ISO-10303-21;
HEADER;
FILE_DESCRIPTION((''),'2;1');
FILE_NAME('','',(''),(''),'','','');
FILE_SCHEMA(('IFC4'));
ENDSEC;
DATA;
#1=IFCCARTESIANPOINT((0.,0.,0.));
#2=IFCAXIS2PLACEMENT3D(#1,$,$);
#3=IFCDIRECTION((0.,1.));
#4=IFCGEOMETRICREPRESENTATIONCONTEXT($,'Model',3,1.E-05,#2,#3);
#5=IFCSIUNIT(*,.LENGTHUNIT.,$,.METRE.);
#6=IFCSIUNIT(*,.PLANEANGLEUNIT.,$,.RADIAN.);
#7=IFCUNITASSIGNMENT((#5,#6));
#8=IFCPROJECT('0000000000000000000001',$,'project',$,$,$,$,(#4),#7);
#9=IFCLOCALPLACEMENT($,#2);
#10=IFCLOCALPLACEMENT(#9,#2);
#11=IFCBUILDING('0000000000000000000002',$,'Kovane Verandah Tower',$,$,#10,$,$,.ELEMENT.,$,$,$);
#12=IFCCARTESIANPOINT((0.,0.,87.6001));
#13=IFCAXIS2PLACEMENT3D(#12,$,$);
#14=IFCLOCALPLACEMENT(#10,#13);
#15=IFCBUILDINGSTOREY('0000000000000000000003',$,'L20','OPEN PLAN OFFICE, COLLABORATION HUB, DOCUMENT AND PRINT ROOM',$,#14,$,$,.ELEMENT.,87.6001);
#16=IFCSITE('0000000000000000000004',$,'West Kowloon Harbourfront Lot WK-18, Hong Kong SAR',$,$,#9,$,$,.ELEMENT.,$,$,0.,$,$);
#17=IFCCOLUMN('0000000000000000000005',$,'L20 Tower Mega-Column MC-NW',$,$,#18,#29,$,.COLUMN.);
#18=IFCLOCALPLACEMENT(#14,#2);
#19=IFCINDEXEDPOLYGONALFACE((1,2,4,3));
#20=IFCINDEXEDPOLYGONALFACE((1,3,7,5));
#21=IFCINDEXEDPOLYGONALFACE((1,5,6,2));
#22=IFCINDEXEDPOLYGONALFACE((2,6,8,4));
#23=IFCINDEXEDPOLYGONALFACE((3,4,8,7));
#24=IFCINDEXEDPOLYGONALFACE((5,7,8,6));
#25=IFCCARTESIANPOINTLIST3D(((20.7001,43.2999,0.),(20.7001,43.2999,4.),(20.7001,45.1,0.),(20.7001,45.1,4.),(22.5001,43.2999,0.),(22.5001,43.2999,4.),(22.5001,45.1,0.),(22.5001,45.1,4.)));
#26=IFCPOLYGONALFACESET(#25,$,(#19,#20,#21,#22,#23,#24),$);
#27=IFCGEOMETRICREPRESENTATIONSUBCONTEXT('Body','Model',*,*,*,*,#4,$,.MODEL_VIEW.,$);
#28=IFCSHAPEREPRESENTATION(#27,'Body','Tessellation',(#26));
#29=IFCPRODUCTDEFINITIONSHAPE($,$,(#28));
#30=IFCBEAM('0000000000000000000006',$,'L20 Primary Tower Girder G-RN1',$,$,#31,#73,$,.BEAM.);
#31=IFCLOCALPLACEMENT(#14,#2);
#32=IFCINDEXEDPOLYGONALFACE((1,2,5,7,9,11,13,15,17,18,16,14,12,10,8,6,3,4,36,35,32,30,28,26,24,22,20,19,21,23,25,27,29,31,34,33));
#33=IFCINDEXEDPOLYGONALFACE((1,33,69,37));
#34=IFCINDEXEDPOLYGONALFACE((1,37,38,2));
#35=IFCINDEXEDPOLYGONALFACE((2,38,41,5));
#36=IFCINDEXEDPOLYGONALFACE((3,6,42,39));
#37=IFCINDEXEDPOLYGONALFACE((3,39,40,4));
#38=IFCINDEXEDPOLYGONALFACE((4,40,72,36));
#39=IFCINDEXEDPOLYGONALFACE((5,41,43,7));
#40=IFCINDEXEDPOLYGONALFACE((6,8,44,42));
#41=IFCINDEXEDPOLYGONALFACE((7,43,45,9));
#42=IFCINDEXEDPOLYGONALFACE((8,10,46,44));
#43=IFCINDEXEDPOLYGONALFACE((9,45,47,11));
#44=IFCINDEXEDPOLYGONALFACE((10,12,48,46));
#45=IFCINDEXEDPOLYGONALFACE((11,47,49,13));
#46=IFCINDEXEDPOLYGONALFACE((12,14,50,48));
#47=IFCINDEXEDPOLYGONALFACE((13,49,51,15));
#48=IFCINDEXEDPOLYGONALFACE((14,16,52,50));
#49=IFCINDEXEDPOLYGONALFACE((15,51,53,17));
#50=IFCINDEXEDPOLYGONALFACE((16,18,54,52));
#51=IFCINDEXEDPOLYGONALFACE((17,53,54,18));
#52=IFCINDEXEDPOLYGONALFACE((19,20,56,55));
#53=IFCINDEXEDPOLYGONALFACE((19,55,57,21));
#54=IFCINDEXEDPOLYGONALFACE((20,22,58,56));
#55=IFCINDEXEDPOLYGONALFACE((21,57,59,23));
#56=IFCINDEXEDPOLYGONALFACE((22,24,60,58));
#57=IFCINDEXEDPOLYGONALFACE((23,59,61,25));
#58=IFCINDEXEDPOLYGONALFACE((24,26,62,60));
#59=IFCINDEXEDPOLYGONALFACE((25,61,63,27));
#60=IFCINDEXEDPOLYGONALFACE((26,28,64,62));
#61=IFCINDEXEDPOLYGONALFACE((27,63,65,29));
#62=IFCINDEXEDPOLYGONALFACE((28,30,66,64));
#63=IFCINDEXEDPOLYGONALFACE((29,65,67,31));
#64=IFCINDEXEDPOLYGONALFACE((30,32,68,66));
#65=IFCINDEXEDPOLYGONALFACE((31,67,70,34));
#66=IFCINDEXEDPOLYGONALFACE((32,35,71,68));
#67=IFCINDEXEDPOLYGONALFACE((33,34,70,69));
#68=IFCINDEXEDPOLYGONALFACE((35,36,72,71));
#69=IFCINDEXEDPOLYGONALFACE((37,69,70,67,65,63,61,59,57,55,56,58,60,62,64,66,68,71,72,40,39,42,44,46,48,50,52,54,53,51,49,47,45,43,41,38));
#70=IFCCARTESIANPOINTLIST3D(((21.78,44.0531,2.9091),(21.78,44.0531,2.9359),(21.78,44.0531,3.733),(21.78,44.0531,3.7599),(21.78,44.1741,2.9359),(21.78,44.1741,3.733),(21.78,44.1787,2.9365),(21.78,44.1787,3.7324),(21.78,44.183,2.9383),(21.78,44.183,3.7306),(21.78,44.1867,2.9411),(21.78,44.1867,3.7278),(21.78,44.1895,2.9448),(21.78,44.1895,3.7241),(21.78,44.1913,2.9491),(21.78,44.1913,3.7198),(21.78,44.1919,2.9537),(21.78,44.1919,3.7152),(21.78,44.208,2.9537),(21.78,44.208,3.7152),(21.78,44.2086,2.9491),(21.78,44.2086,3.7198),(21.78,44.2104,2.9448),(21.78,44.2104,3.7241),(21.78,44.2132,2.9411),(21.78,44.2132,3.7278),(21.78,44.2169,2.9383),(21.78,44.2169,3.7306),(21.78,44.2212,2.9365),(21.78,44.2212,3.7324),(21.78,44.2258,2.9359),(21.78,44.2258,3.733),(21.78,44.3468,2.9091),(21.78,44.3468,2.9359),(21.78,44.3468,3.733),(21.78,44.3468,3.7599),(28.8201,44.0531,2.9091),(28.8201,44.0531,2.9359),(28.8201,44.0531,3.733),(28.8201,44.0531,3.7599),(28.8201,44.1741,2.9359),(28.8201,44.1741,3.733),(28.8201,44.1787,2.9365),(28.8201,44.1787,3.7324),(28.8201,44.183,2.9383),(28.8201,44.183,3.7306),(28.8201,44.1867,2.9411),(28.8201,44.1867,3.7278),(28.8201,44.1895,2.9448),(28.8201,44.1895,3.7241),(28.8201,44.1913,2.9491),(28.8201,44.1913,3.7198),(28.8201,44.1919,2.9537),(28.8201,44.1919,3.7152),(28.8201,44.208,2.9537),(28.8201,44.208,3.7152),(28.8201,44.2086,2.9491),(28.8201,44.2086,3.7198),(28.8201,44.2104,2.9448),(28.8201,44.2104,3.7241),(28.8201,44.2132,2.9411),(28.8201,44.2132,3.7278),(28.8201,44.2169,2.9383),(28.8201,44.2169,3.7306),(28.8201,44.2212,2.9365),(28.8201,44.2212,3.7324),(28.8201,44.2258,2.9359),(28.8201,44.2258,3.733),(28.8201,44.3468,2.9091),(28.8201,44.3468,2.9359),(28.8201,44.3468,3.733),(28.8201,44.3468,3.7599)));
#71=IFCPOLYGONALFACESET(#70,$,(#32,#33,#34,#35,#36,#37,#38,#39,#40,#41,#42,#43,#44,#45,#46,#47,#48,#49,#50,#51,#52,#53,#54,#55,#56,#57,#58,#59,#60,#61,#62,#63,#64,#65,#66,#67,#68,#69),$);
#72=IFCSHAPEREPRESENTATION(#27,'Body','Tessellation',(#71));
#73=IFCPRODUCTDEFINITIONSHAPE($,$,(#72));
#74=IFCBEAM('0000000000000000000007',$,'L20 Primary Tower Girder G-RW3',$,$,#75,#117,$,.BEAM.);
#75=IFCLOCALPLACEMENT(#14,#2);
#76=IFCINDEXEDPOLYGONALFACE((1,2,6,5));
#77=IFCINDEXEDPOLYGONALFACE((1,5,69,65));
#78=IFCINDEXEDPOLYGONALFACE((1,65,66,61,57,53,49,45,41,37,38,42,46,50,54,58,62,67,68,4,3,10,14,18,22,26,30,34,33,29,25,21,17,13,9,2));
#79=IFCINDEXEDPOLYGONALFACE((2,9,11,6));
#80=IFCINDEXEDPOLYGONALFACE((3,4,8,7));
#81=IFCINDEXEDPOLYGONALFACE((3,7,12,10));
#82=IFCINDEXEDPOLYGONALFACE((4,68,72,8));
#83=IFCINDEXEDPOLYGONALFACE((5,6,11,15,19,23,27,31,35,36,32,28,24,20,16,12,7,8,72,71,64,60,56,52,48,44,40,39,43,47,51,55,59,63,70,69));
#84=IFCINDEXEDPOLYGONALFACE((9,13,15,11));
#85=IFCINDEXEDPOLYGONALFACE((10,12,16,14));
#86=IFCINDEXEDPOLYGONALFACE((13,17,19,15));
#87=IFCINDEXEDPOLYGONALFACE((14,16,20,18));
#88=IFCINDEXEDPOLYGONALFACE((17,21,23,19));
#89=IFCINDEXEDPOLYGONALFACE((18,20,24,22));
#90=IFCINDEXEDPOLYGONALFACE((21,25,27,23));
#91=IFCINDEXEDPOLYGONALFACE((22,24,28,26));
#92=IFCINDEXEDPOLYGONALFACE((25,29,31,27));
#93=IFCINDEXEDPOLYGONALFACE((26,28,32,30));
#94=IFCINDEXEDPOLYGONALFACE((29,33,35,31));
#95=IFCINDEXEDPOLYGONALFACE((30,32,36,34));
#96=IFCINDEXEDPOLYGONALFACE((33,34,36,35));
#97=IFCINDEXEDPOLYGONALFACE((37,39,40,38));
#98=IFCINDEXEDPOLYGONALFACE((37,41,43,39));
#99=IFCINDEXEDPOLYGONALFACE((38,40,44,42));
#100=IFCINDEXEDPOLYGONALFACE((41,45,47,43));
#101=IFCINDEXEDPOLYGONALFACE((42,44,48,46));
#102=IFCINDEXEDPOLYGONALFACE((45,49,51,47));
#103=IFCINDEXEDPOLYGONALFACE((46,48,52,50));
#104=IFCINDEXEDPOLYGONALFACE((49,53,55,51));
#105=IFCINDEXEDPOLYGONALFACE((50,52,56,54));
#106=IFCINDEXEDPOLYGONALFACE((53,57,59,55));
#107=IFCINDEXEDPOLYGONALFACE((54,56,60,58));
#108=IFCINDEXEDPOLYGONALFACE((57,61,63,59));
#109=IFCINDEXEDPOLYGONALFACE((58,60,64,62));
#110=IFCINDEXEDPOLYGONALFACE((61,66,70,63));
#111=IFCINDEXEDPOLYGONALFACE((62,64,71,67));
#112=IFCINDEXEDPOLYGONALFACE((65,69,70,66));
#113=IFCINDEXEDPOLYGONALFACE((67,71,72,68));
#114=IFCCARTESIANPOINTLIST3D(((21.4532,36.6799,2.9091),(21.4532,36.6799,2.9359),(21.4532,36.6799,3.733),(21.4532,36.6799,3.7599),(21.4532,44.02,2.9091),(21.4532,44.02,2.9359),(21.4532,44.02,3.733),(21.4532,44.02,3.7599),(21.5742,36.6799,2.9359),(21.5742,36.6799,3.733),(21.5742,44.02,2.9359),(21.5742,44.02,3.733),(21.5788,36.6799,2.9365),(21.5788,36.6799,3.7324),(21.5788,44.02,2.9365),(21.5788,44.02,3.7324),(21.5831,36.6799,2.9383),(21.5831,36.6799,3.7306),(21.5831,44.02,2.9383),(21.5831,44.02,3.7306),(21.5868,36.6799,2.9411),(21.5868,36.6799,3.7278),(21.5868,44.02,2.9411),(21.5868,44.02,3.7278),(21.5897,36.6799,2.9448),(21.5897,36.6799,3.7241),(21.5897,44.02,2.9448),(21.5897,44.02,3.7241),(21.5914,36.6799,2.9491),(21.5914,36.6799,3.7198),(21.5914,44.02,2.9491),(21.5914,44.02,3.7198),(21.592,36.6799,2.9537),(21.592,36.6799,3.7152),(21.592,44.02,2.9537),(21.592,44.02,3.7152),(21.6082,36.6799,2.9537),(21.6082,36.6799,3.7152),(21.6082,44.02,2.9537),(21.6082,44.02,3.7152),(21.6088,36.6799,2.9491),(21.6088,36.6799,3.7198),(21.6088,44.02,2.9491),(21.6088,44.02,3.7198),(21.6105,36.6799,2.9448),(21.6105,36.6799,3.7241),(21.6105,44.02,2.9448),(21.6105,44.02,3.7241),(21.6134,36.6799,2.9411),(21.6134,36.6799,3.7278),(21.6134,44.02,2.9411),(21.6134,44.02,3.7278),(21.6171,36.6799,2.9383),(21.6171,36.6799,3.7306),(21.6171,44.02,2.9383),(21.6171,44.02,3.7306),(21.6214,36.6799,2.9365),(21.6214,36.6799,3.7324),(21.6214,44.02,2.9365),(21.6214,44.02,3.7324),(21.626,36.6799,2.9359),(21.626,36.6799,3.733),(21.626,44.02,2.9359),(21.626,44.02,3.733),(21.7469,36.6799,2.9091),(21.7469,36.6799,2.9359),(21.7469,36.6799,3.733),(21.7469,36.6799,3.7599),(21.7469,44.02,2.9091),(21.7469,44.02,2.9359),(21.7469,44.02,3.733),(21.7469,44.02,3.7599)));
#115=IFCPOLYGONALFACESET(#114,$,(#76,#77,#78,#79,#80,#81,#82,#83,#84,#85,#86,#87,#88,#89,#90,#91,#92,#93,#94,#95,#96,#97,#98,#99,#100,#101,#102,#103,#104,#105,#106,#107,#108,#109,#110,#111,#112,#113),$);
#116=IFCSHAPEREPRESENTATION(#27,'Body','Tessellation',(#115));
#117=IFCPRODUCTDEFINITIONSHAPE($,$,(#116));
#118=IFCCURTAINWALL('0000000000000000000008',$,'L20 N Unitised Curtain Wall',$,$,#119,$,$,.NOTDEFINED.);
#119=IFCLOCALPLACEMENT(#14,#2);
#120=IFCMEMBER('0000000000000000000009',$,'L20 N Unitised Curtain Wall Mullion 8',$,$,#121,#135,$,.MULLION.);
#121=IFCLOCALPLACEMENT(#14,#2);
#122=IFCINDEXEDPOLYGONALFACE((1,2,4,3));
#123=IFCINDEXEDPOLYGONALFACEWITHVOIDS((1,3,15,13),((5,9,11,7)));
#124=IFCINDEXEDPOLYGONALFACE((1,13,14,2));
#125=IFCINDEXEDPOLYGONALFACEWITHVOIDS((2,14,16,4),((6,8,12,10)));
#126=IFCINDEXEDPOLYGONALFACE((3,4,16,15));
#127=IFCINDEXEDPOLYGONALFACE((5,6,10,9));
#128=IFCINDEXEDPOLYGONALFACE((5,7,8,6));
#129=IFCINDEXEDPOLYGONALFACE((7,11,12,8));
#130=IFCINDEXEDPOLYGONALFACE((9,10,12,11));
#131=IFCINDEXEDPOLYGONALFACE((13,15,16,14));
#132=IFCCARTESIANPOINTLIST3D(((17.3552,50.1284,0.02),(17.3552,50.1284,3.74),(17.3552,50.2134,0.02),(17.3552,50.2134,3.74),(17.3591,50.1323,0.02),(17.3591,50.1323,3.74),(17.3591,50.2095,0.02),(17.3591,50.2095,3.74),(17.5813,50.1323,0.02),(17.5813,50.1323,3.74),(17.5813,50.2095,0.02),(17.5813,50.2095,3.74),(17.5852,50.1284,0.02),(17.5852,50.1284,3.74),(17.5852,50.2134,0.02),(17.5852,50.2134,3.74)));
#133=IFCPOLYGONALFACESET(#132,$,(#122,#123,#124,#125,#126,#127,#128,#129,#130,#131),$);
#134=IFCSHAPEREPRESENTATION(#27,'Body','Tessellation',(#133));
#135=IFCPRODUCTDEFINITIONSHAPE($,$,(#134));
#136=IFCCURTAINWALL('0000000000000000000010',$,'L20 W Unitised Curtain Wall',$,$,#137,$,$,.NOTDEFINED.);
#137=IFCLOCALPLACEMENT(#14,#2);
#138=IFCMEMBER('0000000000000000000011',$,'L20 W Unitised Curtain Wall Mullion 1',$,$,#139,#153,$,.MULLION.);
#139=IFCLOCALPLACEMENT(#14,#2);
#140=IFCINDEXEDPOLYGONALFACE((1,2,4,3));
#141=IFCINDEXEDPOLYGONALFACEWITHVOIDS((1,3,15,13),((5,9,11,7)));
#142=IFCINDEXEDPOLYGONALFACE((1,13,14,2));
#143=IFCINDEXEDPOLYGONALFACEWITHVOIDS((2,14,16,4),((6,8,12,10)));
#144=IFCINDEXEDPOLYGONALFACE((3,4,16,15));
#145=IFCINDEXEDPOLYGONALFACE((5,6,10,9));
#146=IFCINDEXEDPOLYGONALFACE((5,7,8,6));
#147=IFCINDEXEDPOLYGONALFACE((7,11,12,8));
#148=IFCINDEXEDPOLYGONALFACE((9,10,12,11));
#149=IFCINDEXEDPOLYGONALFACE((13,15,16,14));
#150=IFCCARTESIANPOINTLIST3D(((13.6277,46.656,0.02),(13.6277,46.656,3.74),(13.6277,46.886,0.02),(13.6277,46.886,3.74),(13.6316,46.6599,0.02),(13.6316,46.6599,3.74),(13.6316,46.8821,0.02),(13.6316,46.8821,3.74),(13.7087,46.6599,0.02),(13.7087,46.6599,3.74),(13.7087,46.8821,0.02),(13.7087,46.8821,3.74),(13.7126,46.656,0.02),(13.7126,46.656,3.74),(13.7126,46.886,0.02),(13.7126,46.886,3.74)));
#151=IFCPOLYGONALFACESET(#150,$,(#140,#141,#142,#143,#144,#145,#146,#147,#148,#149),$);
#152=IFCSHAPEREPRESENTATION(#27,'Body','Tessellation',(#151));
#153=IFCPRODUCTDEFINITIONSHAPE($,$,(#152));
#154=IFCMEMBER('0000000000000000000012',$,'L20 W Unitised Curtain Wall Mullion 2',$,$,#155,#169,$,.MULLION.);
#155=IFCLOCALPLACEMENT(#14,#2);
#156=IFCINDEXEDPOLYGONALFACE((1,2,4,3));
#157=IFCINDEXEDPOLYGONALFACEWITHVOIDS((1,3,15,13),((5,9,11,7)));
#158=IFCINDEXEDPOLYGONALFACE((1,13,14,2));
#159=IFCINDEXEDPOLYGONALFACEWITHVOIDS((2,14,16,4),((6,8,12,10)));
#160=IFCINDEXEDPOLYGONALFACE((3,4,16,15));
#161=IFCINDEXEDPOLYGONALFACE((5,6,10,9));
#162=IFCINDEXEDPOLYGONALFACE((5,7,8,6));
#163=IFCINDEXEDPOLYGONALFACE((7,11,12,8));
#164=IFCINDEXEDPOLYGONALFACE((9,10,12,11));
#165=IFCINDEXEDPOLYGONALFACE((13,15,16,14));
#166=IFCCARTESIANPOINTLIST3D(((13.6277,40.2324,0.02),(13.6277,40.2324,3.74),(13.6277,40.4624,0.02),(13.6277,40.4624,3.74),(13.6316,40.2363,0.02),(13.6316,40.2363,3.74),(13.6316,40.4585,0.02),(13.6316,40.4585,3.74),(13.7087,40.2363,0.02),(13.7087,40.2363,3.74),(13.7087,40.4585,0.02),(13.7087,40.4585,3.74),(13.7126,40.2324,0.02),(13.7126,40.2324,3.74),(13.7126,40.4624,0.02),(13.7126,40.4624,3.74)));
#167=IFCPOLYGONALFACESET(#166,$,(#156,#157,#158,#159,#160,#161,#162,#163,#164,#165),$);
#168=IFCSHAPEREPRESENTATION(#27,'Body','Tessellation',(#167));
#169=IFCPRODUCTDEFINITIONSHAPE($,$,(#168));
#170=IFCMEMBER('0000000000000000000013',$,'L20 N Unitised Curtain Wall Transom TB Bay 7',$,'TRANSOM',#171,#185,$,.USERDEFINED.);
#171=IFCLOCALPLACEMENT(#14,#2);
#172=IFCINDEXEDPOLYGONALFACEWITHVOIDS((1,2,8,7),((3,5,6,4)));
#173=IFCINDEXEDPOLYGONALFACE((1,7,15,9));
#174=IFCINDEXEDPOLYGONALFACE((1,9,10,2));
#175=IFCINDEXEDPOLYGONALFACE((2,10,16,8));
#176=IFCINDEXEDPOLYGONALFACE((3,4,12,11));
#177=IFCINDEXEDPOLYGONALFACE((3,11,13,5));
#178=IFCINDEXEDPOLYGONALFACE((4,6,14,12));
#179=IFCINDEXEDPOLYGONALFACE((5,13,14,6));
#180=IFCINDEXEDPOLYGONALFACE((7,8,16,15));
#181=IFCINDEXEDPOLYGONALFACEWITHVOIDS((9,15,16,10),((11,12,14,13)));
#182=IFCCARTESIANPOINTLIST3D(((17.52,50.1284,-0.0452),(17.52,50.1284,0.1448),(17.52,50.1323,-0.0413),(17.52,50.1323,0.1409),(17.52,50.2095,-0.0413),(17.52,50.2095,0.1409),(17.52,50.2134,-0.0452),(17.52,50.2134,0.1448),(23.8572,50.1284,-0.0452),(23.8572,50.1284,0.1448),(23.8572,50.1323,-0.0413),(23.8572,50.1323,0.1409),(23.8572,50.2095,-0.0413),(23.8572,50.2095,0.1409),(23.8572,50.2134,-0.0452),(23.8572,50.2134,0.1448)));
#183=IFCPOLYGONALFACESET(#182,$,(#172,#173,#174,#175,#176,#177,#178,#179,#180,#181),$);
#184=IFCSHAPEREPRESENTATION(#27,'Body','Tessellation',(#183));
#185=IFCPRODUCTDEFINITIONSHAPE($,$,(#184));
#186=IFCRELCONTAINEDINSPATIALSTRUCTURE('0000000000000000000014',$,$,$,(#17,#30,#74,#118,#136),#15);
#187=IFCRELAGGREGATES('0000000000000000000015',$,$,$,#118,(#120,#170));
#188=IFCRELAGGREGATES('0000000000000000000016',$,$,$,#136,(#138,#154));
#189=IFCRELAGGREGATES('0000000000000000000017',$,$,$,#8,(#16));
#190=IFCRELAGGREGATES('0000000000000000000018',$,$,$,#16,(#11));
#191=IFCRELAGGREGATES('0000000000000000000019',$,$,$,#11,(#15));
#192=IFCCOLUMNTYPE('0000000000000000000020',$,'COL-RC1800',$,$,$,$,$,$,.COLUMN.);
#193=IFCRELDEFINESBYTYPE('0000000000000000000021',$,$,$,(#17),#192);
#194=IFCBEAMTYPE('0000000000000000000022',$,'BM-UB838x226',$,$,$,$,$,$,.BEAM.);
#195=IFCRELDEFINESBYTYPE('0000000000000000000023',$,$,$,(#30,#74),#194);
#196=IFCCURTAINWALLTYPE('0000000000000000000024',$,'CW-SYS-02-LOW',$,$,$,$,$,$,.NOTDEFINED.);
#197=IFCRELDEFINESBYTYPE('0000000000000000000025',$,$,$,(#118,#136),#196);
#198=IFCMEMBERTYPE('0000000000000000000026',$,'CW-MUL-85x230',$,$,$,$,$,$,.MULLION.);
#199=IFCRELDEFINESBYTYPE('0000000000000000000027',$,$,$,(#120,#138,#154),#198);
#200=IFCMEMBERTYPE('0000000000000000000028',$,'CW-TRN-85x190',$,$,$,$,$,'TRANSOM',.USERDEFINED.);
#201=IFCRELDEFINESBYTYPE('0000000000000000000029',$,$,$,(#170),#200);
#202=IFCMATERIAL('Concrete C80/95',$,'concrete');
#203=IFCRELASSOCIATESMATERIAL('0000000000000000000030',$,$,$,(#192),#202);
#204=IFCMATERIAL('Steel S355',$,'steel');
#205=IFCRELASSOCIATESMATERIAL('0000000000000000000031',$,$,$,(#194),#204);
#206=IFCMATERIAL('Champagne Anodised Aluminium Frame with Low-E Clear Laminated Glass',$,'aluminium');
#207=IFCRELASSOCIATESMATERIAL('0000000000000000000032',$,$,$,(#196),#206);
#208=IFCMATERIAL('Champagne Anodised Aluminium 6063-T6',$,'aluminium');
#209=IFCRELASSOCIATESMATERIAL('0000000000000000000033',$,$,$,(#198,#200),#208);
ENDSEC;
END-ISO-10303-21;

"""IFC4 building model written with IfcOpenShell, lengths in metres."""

from ifc_helpers import new_model, si_unit, direction, frame, origin, origin_2d, place, context, subcontext, project, spatial, rectangle, hollow_rectangle, i_section, extrude, material, material_profile, profile_set, type_object, element, aggregate, save


model = new_model("IFC4")

# Units and contexts
model_context = context("Model", 3, precision=1e-05, world=origin(), true_north=direction((0.0, 1.0)))
body_context = subcontext(model_context, "Body", "Model", "MODEL_VIEW")
ifc_project = project(units=[si_unit("LENGTHUNIT", "METRE"), si_unit("PLANEANGLEUNIT", "RADIAN")], contexts=[model_context])

# Site, building, storey
site_placement = place(None, origin())
site = spatial("IfcSite", under=ifc_project, at=site_placement, Name="West Kowloon Harbourfront Lot WK-18, Hong Kong SAR", CompositionType="ELEMENT", RefElevation=0.0)
building_placement = place(site_placement, origin())
building = spatial("IfcBuilding", under=site, at=building_placement, Name="Kovane Verandah Tower", CompositionType="ELEMENT")
storey_placement = place(building_placement, frame((0.0, 0.0, 87.6001)))
storey = spatial("IfcBuildingStorey", under=building, at=storey_placement, Name="L20", Description="OPEN PLAN OFFICE, COLLABORATION HUB, DOCUMENT AND PRINT ROOM", CompositionType="ELEMENT", Elevation=87.6001)

# Column
ifc_material_1 = material(Name="Concrete C80/95", Category="concrete")
ifc_material_profile_1 = material_profile(ifc_material_1, rectangle(XDim=1.8, YDim=1.8, at=origin_2d()), Name="RC1800x1800")
ifc_profile_set_1 = profile_set([ifc_material_profile_1], Name="Concrete C80/95")
column_type = type_object("IfcColumnType", Name="COL-RC1800", PredefinedType="COLUMN", material=ifc_profile_set_1)
column_placement = place(storey_placement, frame((21.6001, 44.2, 0.0), z_axis=(0.0, 0.0, 1.0), x_axis=(1.0, 0.0, 0.0)))
element("IfcColumn", 1, at=column_placement, inside=storey, type_object=column_type, Name="L20 Tower Mega-Column MC-NW", PredefinedType="COLUMN", context=body_context, shape_type="SweptSolid", body=[
    extrude(rectangle(XDim=1.8, YDim=1.8, at=origin_2d()), origin(), (0.0, 0.0, 1.0), 4.0),
])

# Beams
ifc_material_2 = material(Name="Steel S355", Category="steel")
ifc_material_profile_2 = material_profile(ifc_material_2, i_section(OverallWidth=0.2937, OverallDepth=0.8508, WebThickness=0.0161, FlangeThickness=0.0269, FilletRadius=0.0178, at=origin_2d()), Name="UB838x292x226")
ifc_profile_set_2 = profile_set([ifc_material_profile_2], Name="Steel S355")
beam_type = type_object("IfcBeamType", Name="BM-UB838x226", PredefinedType="BEAM", material=ifc_profile_set_2)
beam_1_placement = place(storey_placement, frame((21.78, 44.2, 3.3345), z_axis=(1.0, 0.0, 0.0), x_axis=(0.0, 1.0, 0.0)))
element("IfcBeam", 2, at=beam_1_placement, inside=storey, type_object=beam_type, Name="L20 Primary Tower Girder G-RN1", PredefinedType="BEAM", context=body_context, shape_type="SweptSolid", body=[
    extrude(i_section(OverallWidth=0.2937, OverallDepth=0.8508, WebThickness=0.0161, FlangeThickness=0.0269, FilletRadius=0.0178, at=origin_2d()), origin(), (0.0, 0.0, 1.0), 7.04),
])
beam_2_placement = place(storey_placement, frame((21.6001, 36.6799, 3.3345), z_axis=(0.0, 1.0, 0.0), x_axis=(-1.0, 0.0, 0.0)))
element("IfcBeam", 3, at=beam_2_placement, inside=storey, type_object=beam_type, Name="L20 Primary Tower Girder G-RW3", PredefinedType="BEAM", context=body_context, shape_type="SweptSolid", body=[
    extrude(i_section(OverallWidth=0.2937, OverallDepth=0.8508, WebThickness=0.0161, FlangeThickness=0.0269, FilletRadius=0.0178, at=origin_2d()), origin(), (0.0, 0.0, 1.0), 7.3401),
])

# Curtain wall, member
ifc_material_3 = material(Name="Champagne Anodised Aluminium Frame with Low-E Clear Laminated Glass", Category="aluminium")
curtain_wall_type = type_object("IfcCurtainWallType", Name="CW-SYS-02-LOW", PredefinedType="NOTDEFINED", material=ifc_material_3)
curtain_wall_1_placement = place(storey_placement, origin())
curtain_wall_1 = element("IfcCurtainWall", 4, at=curtain_wall_1_placement, inside=storey, type_object=curtain_wall_type, Name="L20 N Unitised Curtain Wall", PredefinedType="NOTDEFINED")
ifc_material_4 = material(Name="Champagne Anodised Aluminium 6063-T6", Category="aluminium")
ifc_material_profile_3 = material_profile(ifc_material_4, hollow_rectangle(XDim=0.085, YDim=0.23, WallThickness=0.0039, at=origin_2d()), Name="AL85x230x4")
ifc_profile_set_3 = profile_set([ifc_material_profile_3], Name="Champagne Anodised Aluminium 6063-T6")
member_type_1 = type_object("IfcMemberType", Name="CW-MUL-85x230", PredefinedType="MULLION", material=ifc_profile_set_3)
member_1_placement = place(storey_placement, frame((17.4702, 50.1709, 0.02), z_axis=(0.0, 0.0, 1.0), x_axis=(0.0, 1.0, 0.0)))
member_1 = element("IfcMember", 5, at=member_1_placement, type_object=member_type_1, Name="L20 N Unitised Curtain Wall Mullion 8", PredefinedType="MULLION", context=body_context, shape_type="SweptSolid", body=[
    extrude(hollow_rectangle(XDim=0.085, YDim=0.23, WallThickness=0.0039, at=origin_2d()), origin(), (0.0, 0.0, 1.0), 3.72),
])

# Curtain wall, members
curtain_wall_2_placement = place(storey_placement, origin())
curtain_wall_2 = element("IfcCurtainWall", 6, at=curtain_wall_2_placement, inside=storey, type_object=curtain_wall_type, Name="L20 W Unitised Curtain Wall", PredefinedType="NOTDEFINED")
member_2_placement = place(storey_placement, frame((13.6702, 46.771, 0.02), z_axis=(0.0, 0.0, 1.0), x_axis=(-1.0, 0.0, 0.0)))
member_2 = element("IfcMember", 7, at=member_2_placement, type_object=member_type_1, Name="L20 W Unitised Curtain Wall Mullion 1", PredefinedType="MULLION", context=body_context, shape_type="SweptSolid", body=[
    extrude(hollow_rectangle(XDim=0.085, YDim=0.23, WallThickness=0.0039, at=origin_2d()), origin(), (0.0, 0.0, 1.0), 3.72),
])
member_3_placement = place(storey_placement, frame((13.6702, 40.3474, 0.02), z_axis=(0.0, 0.0, 1.0), x_axis=(-1.0, 0.0, 0.0)))
member_3 = element("IfcMember", 8, at=member_3_placement, type_object=member_type_1, Name="L20 W Unitised Curtain Wall Mullion 2", PredefinedType="MULLION", context=body_context, shape_type="SweptSolid", body=[
    extrude(hollow_rectangle(XDim=0.085, YDim=0.23, WallThickness=0.0039, at=origin_2d()), origin(), (0.0, 0.0, 1.0), 3.72),
])

# Member
ifc_material_profile_4 = material_profile(ifc_material_4, hollow_rectangle(XDim=0.085, YDim=0.1899, WallThickness=0.0039, at=origin_2d()), Name="AL85x190x4")
ifc_profile_set_4 = profile_set([ifc_material_profile_4], Name="Champagne Anodised Aluminium 6063-T6")
member_type_2 = type_object("IfcMemberType", Name="CW-TRN-85x190", ElementType="TRANSOM", PredefinedType="USERDEFINED", material=ifc_profile_set_4)
member_4_placement = place(storey_placement, frame((23.8572, 50.1709, 0.0498), z_axis=(-1.0, 0.0, 0.0), x_axis=(0.0, -1.0, 0.0)))
member_4 = element("IfcMember", 9, at=member_4_placement, type_object=member_type_2, Name="L20 N Unitised Curtain Wall Transom TB Bay 7", ObjectType="TRANSOM", PredefinedType="USERDEFINED", context=body_context, shape_type="SweptSolid", body=[
    extrude(hollow_rectangle(XDim=0.085, YDim=0.1899, WallThickness=0.0039, at=origin_2d()), origin(), (0.0, 0.0, 1.0), 6.3372),
])

aggregate(curtain_wall_1, [member_1, member_4])
aggregate(curtain_wall_2, [member_2, member_3])

save(model, "model.ifc")
